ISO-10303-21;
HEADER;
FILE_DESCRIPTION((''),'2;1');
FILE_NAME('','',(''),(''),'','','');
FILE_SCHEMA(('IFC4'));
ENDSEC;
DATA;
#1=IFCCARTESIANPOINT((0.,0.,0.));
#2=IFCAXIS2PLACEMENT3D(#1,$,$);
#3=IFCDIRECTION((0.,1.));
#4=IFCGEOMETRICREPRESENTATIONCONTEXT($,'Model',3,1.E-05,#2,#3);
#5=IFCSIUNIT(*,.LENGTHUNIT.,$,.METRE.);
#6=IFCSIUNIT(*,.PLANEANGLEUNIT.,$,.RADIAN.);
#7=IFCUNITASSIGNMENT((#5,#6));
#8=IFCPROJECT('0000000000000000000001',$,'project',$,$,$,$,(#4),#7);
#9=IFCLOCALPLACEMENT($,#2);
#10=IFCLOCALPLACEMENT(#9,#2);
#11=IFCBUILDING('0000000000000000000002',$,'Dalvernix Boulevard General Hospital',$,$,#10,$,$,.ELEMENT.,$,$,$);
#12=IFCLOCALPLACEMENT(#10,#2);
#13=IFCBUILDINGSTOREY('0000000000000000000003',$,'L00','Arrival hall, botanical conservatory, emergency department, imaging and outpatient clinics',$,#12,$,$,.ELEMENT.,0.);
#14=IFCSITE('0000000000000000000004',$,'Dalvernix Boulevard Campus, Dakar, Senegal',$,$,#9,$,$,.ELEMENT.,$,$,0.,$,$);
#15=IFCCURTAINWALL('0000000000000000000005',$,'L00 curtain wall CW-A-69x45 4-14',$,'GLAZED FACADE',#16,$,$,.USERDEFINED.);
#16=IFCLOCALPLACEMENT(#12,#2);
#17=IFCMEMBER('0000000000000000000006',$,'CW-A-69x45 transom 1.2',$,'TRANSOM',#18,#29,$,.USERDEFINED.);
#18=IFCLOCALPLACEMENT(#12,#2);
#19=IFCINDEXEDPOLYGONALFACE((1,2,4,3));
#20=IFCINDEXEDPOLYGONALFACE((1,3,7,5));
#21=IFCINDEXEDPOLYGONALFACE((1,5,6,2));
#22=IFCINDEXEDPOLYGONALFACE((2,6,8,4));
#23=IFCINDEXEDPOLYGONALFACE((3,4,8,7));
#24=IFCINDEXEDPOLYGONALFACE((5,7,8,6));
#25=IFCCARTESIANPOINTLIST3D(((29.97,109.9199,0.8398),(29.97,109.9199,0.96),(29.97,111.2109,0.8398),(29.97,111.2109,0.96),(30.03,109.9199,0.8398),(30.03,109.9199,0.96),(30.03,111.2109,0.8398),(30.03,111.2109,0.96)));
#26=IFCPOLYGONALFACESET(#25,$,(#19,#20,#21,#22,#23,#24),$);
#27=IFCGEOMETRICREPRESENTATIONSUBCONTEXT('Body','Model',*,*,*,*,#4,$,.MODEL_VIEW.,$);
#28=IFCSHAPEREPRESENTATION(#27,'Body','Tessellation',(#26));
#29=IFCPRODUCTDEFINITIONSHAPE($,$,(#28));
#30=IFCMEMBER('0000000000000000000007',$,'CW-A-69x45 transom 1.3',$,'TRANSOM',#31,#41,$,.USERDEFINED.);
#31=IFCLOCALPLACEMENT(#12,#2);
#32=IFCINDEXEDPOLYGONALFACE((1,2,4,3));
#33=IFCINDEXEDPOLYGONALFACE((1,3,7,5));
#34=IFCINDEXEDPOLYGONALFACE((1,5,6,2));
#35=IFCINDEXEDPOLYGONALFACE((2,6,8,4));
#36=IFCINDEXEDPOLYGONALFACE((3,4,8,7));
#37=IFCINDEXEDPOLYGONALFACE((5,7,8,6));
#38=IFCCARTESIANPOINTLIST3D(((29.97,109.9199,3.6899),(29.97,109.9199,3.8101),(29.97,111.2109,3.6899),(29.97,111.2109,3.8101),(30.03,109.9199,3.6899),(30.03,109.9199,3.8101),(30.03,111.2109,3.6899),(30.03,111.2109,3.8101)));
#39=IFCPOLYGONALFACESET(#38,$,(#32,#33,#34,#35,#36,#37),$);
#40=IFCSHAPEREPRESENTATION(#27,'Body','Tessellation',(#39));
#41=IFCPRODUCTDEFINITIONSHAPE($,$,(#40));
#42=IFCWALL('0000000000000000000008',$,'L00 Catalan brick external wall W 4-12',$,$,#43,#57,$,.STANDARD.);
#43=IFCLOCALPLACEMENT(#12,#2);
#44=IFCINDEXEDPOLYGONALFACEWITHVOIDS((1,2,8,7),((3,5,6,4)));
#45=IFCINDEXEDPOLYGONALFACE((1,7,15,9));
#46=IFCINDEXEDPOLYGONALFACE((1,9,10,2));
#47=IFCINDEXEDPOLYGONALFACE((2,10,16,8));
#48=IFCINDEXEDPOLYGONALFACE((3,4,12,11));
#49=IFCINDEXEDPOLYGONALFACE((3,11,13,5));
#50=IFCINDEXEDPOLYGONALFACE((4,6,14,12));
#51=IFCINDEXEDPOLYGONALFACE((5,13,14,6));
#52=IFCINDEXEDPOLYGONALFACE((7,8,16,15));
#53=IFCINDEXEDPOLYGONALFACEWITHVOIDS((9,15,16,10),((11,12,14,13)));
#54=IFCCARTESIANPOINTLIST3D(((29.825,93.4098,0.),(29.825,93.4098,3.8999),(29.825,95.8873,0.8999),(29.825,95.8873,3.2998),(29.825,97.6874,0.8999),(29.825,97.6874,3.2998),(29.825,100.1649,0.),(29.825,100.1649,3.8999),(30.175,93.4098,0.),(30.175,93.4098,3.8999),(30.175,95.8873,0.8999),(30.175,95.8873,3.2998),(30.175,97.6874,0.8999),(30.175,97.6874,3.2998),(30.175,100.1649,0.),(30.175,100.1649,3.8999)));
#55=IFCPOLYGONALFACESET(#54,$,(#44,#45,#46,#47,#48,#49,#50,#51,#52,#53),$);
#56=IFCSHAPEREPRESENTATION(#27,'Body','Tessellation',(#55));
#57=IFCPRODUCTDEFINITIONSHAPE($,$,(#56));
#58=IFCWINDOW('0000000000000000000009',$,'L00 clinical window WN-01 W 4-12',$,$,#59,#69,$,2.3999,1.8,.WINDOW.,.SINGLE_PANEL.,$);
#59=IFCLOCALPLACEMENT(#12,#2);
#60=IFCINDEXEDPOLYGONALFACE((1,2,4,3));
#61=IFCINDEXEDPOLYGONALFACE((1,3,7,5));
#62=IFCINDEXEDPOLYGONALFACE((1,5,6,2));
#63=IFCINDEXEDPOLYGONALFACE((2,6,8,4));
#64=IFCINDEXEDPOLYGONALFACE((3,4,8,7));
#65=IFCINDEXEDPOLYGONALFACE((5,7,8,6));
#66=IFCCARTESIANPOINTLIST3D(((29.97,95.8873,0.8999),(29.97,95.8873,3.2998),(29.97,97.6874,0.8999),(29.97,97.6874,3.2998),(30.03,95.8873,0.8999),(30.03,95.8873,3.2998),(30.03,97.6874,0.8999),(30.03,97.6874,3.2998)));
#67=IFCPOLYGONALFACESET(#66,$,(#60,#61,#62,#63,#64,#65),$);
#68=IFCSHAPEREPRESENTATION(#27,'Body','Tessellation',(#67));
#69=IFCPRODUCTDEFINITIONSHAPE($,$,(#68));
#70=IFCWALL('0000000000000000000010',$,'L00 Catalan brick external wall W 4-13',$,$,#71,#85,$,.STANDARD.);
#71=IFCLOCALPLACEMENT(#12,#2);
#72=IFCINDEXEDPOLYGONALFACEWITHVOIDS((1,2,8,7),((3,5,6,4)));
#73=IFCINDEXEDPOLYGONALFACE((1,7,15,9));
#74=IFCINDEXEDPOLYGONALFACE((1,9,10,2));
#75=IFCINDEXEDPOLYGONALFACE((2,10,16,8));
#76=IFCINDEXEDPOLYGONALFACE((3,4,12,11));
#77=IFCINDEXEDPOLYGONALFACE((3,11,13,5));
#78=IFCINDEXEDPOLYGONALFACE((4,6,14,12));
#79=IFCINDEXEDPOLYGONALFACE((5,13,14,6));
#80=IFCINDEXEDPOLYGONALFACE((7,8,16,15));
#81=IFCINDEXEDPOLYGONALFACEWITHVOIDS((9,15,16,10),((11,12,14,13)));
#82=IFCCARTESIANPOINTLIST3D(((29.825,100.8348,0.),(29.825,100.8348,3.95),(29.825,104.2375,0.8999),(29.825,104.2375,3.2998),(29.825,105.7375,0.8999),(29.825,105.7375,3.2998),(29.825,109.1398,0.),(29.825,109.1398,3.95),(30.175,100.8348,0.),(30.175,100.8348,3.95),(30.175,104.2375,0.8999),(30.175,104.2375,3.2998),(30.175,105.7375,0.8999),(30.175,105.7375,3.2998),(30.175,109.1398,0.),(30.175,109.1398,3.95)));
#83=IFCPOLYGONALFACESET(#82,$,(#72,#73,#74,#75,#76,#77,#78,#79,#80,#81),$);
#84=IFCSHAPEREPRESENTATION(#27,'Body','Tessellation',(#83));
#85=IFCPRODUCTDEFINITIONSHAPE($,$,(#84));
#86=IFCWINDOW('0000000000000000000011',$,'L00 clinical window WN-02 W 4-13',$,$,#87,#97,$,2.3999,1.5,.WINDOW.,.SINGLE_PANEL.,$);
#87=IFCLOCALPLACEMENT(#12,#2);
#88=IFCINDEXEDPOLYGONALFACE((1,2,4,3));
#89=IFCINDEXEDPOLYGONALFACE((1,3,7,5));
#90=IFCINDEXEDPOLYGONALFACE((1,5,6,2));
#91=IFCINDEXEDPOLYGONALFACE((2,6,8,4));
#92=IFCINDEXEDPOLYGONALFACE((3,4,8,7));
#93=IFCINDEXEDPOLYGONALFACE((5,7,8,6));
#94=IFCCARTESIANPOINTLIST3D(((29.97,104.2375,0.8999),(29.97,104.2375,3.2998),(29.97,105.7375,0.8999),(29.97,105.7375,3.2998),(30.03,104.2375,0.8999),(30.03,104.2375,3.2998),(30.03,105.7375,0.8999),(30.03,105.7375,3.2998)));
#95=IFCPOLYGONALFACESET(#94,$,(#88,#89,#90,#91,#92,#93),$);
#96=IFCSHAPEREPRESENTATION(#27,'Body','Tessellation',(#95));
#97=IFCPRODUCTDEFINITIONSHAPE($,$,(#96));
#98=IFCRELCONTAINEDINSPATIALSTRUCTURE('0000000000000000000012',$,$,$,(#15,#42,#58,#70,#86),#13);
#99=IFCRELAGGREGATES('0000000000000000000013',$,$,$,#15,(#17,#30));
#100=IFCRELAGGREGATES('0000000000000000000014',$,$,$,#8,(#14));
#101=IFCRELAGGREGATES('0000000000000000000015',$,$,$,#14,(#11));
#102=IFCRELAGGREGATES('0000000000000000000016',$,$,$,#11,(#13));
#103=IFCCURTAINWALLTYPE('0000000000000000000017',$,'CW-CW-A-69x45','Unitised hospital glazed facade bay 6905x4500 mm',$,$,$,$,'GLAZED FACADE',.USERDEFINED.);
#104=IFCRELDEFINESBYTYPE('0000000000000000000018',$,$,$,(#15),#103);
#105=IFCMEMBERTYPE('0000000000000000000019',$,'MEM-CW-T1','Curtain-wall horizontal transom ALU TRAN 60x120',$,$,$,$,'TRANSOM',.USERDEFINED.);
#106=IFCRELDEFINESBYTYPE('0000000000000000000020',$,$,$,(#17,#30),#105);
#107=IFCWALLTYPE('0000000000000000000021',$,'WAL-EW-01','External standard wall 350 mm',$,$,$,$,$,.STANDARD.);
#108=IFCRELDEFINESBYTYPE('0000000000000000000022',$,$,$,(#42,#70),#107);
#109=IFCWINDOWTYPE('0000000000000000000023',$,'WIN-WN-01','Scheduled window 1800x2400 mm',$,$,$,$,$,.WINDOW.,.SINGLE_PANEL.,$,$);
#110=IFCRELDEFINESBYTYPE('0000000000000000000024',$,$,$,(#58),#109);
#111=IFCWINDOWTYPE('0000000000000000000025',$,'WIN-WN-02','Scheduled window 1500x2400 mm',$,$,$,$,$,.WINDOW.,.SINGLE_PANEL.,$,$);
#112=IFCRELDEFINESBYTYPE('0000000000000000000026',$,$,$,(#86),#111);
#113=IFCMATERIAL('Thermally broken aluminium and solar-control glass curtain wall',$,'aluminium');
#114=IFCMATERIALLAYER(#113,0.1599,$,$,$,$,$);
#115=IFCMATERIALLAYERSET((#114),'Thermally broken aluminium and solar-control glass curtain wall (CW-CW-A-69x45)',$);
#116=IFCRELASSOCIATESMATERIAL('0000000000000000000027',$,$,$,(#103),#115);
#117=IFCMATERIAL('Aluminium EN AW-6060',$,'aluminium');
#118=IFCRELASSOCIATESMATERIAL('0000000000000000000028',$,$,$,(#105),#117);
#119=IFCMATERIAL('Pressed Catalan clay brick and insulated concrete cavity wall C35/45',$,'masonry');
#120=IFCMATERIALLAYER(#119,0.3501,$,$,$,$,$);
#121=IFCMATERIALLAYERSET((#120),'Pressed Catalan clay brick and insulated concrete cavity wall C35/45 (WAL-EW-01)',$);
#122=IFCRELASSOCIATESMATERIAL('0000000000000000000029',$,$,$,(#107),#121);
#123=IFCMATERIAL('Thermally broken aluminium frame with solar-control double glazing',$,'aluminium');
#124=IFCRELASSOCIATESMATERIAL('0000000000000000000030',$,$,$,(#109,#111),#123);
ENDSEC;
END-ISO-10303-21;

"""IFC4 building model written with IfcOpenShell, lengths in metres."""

from ifc_helpers import new_model, si_unit, direction, frame, frame_2d, origin, origin_2d, place, context, subcontext, project, spatial, rectangle, extrude, material, layer, layer_set, material_profile, profile_set, type_object, element, fill, aggregate, save


model = new_model("IFC4")

# Units and contexts
model_context = context("Model", 3, precision=1e-05, world=origin(), true_north=direction((0.0, 1.0)))
body_context = subcontext(model_context, "Body", "Model", "MODEL_VIEW")
ifc_project = project(units=[si_unit("LENGTHUNIT", "METRE"), si_unit("PLANEANGLEUNIT", "RADIAN")], contexts=[model_context])

# Site, building, storey
site_placement = place(None, origin())
site = spatial("IfcSite", under=ifc_project, at=site_placement, Name="Dalvernix Boulevard Campus, Dakar, Senegal", CompositionType="ELEMENT", RefElevation=0.0)
building_placement = place(site_placement, origin())
building = spatial("IfcBuilding", under=site, at=building_placement, Name="Dalvernix Boulevard General Hospital", CompositionType="ELEMENT")
storey_placement = place(building_placement, origin())
storey = spatial("IfcBuildingStorey", under=building, at=storey_placement, Name="L00", Description="Arrival hall, botanical conservatory, emergency department, imaging and outpatient clinics", CompositionType="ELEMENT", Elevation=0.0)

# Curtain wall, members
ifc_material_1 = material(Name="Thermally broken aluminium and solar-control glass curtain wall", Category="aluminium")
ifc_layer_1 = layer(ifc_material_1, 0.1599)
ifc_layer_set_1 = layer_set([ifc_layer_1], Name="Thermally broken aluminium and solar-control glass curtain wall (CW-CW-A-69x45)")
curtain_wall_type = type_object("IfcCurtainWallType", Name="CW-CW-A-69x45", Description="Unitised hospital glazed facade bay 6905x4500 mm", ElementType="GLAZED FACADE", PredefinedType="USERDEFINED", material=ifc_layer_set_1)
curtain_wall_placement = place(storey_placement, origin())
curtain_wall = element("IfcCurtainWall", 1, at=curtain_wall_placement, inside=storey, type_object=curtain_wall_type, Name="L00 curtain wall CW-A-69x45 4-14", ObjectType="GLAZED FACADE", PredefinedType="USERDEFINED")
ifc_material_2 = material(Name="Aluminium EN AW-6060", Category="aluminium")
ifc_material_profile_1 = material_profile(ifc_material_2, rectangle(XDim=0.0601, YDim=0.1201, at=origin_2d()), Name="ALU TRAN 60x120")
ifc_profile_set_1 = profile_set([ifc_material_profile_1], Name="Aluminium EN AW-6060")
member_type_1 = type_object("IfcMemberType", Name="MEM-CW-T1", Description="Curtain-wall horizontal transom ALU TRAN 60x120", ElementType="TRANSOM", PredefinedType="USERDEFINED", material=ifc_profile_set_1)
member_1_placement = place(storey_placement, frame((30.0, 109.9199, 0.8999), z_axis=(0.0, 1.0, 0.0), x_axis=(-1.0, 0.0, 0.0)))
member_1 = element("IfcMember", 2, at=member_1_placement, type_object=member_type_1, Name="CW-A-69x45 transom 1.2", ObjectType="TRANSOM", PredefinedType="USERDEFINED", context=body_context, shape_type="SweptSolid", body=[
    extrude(rectangle(XDim=0.0601, YDim=0.1201, at=origin_2d()), origin(), (0.0, 0.0, 1.0), 1.291),
])
member_2_placement = place(storey_placement, frame((30.0, 109.9199, 3.75), z_axis=(0.0, 1.0, 0.0), x_axis=(-1.0, 0.0, 0.0)))
member_2 = element("IfcMember", 3, at=member_2_placement, type_object=member_type_1, Name="CW-A-69x45 transom 1.3", ObjectType="TRANSOM", PredefinedType="USERDEFINED", context=body_context, shape_type="SweptSolid", body=[
    extrude(rectangle(XDim=0.0601, YDim=0.1201, at=origin_2d()), origin(), (0.0, 0.0, 1.0), 1.291),
])
aggregate(curtain_wall, [member_1, member_2])

# Walls, openings, windows
ifc_material_3 = material(Name="Pressed Catalan clay brick and insulated concrete cavity wall C35/45", Category="masonry")
ifc_layer_2 = layer(ifc_material_3, 0.3501)
ifc_layer_set_2 = layer_set([ifc_layer_2], Name="Pressed Catalan clay brick and insulated concrete cavity wall C35/45 (WAL-EW-01)")
wall_type = type_object("IfcWallType", Name="WAL-EW-01", Description="External standard wall 350 mm", PredefinedType="STANDARD", material=ifc_layer_set_2)
wall_1_placement = place(storey_placement, frame((30.0, 93.4099, 0.0), z_axis=(0.0, 0.0, 1.0), x_axis=(0.0, 1.0, 0.0)))
wall_1 = element("IfcWall", 4, at=wall_1_placement, inside=storey, type_object=wall_type, Name="L00 Catalan brick external wall W 4-12", PredefinedType="STANDARD", context=body_context, shape_type="SweptSolid", body=[
    extrude(rectangle(XDim=6.7551, YDim=0.3501, at=frame_2d((3.3774, 0.0))), origin(), (0.0, 0.0, 1.0), 3.8999),
])
opening_1_placement = place(wall_1_placement, frame((2.4775, 0.0, 0.8999)))
opening_1 = element("IfcOpeningElement", 5, at=opening_1_placement, cuts=wall_1, PredefinedType="OPENING", context=body_context, shape_type="SweptSolid", body=[
    extrude(rectangle(XDim=1.8, YDim=2.3999, at=frame_2d((0.8999, 1.2))), frame((0.0, 0.1851, 0.0), z_axis=(0.0, -1.0, 0.0), x_axis=(1.0, 0.0, 0.0)), (0.0, 0.0, 1.0), 0.3701),
])
ifc_material_4 = material(Name="Thermally broken aluminium frame with solar-control double glazing", Category="aluminium")
window_type_1 = type_object("IfcWindowType", Name="WIN-WN-01", Description="Scheduled window 1800x2400 mm", PartitioningType="SINGLE_PANEL", PredefinedType="WINDOW", material=ifc_material_4)
window_1_placement = place(opening_1_placement, origin())
window_1 = element("IfcWindow", 6, at=window_1_placement, inside=storey, type_object=window_type_1, Name="L00 clinical window WN-01 W 4-12", OverallHeight=2.3999, OverallWidth=1.8, PartitioningType="SINGLE_PANEL", PredefinedType="WINDOW", context=body_context, shape_type="SweptSolid", body=[
    extrude(rectangle(XDim=1.8, YDim=2.3999, at=frame_2d((0.8999, 1.2))), frame((0.0, 0.03, 0.0), z_axis=(0.0, -1.0, 0.0), x_axis=(1.0, 0.0, 0.0)), (0.0, 0.0, 1.0), 0.0601),
])
fill(opening_1, window_1)
wall_2_placement = place(storey_placement, frame((30.0, 100.835, 0.0), z_axis=(0.0, 0.0, 1.0), x_axis=(0.0, 1.0, 0.0)))
wall_2 = element("IfcWall", 7, at=wall_2_placement, inside=storey, type_object=wall_type, Name="L00 Catalan brick external wall W 4-13", PredefinedType="STANDARD", context=body_context, shape_type="SweptSolid", body=[
    extrude(rectangle(XDim=8.3049, YDim=0.3501, at=frame_2d((4.1523, 0.0))), origin(), (0.0, 0.0, 1.0), 3.95),
])
opening_2_placement = place(wall_2_placement, frame((3.4026, 0.0, 0.8999)))
opening_2 = element("IfcOpeningElement", 8, at=opening_2_placement, cuts=wall_2, PredefinedType="OPENING", context=body_context, shape_type="SweptSolid", body=[
    extrude(rectangle(XDim=1.5, YDim=2.3999, at=frame_2d((0.75, 1.2))), frame((0.0, 0.1851, 0.0), z_axis=(0.0, -1.0, 0.0), x_axis=(1.0, 0.0, 0.0)), (0.0, 0.0, 1.0), 0.3701),
])
window_type_2 = type_object("IfcWindowType", Name="WIN-WN-02", Description="Scheduled window 1500x2400 mm", PartitioningType="SINGLE_PANEL", PredefinedType="WINDOW", material=ifc_material_4)
window_2_placement = place(opening_2_placement, origin())
window_2 = element("IfcWindow", 9, at=window_2_placement, inside=storey, type_object=window_type_2, Name="L00 clinical window WN-02 W 4-13", OverallHeight=2.3999, OverallWidth=1.5, PartitioningType="SINGLE_PANEL", PredefinedType="WINDOW", context=body_context, shape_type="SweptSolid", body=[
    extrude(rectangle(XDim=1.5, YDim=2.3999, at=frame_2d((0.75, 1.2))), frame((0.0, 0.03, 0.0), z_axis=(0.0, -1.0, 0.0), x_axis=(1.0, 0.0, 0.0)), (0.0, 0.0, 1.0), 0.0601),
])
fill(opening_2, window_2)

save(model, "model.ifc")
